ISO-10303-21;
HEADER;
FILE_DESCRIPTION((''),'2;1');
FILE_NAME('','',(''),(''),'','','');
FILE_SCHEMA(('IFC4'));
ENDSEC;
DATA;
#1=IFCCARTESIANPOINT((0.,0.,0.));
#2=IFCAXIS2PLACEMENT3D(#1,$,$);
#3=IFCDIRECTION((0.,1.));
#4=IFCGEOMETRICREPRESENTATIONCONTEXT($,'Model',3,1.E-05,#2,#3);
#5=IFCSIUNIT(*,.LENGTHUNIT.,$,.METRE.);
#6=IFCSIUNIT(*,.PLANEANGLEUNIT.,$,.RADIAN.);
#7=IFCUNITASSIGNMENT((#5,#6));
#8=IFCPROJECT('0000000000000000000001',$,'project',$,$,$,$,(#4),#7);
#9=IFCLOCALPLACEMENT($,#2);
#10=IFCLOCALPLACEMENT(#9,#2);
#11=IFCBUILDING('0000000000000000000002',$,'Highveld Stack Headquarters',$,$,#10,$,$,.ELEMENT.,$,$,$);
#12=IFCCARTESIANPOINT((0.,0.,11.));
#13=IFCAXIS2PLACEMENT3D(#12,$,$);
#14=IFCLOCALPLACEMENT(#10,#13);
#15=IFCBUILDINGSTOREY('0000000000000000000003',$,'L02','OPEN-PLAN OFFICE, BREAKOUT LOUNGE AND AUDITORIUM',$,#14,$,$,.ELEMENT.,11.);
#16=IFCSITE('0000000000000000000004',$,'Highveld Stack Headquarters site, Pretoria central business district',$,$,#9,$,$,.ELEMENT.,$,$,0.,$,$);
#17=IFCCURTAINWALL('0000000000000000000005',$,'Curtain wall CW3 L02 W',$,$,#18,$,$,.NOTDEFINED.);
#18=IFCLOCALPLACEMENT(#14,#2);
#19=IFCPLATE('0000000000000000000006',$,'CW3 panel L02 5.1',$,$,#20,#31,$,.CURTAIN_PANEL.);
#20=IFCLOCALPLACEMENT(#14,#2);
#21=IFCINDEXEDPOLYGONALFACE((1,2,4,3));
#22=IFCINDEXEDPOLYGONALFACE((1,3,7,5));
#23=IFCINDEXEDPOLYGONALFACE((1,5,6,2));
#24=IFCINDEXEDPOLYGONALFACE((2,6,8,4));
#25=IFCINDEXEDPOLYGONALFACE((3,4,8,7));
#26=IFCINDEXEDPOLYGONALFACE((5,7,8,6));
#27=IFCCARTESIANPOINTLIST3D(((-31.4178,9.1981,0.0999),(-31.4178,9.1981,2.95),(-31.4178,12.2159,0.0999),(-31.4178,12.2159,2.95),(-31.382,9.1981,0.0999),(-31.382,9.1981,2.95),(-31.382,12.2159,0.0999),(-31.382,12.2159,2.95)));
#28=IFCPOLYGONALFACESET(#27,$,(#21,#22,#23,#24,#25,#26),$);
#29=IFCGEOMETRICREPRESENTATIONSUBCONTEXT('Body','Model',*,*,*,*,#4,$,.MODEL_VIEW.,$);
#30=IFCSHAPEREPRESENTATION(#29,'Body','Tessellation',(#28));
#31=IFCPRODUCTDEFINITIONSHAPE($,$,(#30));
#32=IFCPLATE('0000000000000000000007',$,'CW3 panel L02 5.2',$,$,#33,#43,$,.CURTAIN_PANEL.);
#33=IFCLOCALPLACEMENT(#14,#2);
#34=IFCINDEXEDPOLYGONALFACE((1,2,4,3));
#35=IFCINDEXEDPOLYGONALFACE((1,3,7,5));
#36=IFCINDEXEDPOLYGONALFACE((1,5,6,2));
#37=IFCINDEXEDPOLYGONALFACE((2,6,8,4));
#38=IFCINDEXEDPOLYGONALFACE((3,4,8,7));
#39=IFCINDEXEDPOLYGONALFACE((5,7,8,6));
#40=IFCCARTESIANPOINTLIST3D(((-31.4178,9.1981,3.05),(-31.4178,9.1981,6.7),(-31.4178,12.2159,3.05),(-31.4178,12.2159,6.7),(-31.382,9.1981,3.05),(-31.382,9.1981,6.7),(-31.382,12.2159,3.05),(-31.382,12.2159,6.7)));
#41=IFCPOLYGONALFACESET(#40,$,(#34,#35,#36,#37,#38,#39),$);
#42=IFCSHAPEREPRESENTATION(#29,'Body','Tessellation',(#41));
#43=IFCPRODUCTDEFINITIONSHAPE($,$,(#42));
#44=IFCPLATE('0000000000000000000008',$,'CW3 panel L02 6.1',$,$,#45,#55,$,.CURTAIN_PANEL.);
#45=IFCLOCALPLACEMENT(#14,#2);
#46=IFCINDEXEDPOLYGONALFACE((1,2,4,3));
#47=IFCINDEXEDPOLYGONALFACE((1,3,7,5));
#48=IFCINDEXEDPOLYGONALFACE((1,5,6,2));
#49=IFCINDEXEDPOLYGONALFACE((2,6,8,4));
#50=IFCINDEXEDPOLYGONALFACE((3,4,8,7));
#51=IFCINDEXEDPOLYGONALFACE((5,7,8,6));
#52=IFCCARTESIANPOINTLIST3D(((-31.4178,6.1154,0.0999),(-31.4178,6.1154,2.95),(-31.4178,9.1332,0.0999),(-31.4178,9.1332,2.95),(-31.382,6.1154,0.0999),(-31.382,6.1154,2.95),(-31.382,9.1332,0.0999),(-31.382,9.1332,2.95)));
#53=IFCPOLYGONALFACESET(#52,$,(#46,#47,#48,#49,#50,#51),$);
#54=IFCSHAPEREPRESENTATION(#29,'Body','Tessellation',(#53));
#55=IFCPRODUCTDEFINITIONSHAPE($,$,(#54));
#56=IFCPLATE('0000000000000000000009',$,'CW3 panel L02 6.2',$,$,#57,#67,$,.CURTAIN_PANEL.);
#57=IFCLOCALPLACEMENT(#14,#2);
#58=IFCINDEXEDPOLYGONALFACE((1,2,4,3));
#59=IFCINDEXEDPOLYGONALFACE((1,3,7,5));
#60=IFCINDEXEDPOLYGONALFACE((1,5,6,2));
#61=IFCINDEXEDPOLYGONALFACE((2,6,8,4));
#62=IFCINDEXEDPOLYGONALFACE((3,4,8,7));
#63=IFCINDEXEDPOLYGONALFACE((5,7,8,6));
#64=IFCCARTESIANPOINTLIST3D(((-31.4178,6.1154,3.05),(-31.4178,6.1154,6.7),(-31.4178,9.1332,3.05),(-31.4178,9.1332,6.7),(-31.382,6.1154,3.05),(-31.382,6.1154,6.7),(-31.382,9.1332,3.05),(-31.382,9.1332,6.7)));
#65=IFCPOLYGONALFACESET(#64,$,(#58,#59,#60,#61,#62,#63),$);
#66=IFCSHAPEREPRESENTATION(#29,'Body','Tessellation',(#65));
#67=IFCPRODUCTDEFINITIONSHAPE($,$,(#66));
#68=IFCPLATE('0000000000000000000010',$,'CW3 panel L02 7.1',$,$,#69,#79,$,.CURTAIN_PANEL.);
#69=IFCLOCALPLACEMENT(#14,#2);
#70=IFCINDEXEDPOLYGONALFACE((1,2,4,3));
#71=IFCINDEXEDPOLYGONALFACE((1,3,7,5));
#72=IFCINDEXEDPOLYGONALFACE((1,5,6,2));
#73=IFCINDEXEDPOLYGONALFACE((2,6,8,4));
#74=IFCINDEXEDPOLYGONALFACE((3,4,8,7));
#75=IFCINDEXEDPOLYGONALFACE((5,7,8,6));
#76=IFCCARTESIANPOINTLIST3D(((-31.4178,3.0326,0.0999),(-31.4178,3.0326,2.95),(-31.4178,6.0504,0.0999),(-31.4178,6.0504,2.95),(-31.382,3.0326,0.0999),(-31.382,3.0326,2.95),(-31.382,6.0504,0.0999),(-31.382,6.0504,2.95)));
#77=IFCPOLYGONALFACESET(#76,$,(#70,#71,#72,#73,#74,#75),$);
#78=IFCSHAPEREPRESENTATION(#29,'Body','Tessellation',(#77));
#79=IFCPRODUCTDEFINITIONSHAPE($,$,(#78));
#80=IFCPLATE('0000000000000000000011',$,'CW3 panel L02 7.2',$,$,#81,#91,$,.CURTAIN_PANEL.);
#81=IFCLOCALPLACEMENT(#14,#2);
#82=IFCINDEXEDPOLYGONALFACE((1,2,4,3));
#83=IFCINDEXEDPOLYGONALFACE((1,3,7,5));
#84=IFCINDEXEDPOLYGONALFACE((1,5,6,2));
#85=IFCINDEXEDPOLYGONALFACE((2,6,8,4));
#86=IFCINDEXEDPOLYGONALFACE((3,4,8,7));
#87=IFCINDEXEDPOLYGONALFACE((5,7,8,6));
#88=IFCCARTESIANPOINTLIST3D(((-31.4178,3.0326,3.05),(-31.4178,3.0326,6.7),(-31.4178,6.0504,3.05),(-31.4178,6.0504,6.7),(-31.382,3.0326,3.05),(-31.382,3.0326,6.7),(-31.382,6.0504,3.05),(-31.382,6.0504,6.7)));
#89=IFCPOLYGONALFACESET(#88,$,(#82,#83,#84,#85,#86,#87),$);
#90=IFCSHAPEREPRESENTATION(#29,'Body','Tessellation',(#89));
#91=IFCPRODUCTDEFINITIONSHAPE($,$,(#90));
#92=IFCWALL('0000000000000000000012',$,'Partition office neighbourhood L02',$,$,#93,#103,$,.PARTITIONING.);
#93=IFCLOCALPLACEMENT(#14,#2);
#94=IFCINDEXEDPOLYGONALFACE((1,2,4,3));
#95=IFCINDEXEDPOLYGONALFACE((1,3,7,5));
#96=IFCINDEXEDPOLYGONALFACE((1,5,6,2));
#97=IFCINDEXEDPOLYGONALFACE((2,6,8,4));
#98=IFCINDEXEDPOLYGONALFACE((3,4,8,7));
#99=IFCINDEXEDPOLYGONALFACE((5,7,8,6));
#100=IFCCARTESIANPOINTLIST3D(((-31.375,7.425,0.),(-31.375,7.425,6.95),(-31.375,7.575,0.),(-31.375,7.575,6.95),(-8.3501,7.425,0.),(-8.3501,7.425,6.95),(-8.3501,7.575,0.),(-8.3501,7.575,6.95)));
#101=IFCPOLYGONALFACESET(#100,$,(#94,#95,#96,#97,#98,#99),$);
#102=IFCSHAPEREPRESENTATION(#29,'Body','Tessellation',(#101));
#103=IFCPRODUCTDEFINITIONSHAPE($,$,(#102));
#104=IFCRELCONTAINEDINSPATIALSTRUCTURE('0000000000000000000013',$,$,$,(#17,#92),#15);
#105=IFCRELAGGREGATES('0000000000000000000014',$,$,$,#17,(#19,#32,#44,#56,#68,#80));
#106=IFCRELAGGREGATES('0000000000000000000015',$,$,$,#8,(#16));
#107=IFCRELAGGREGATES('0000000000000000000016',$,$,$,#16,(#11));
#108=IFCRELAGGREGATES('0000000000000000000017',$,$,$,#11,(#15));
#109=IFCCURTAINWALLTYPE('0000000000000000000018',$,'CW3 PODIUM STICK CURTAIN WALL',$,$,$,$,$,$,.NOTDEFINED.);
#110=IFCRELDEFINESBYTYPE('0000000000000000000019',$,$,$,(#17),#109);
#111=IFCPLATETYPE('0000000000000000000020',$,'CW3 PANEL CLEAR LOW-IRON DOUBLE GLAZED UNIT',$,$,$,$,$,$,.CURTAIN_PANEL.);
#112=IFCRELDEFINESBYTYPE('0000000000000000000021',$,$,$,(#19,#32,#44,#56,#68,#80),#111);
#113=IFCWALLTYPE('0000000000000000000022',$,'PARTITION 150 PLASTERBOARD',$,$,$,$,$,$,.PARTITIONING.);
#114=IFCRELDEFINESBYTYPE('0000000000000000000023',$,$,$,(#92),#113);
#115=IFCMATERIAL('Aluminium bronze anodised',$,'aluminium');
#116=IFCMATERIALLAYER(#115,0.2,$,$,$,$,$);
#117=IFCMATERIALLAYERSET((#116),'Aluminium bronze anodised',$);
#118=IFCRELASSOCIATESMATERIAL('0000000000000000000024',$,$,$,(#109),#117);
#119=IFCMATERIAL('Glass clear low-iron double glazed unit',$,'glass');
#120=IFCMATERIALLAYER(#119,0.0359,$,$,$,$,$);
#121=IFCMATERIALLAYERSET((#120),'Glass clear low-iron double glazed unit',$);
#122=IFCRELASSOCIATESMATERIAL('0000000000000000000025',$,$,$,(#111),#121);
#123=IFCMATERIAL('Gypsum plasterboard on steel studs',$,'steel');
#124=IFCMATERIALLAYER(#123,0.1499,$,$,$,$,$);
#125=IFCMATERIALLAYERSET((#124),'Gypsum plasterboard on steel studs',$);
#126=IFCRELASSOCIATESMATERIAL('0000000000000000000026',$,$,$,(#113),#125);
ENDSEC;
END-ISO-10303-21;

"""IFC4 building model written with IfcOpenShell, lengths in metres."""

from ifc_helpers import new_model, si_unit, direction, frame, frame_2d, origin, origin_2d, place, context, subcontext, project, spatial, rectangle, extrude, material, layer, layer_set, type_object, element, aggregate, save


model = new_model("IFC4")

# Units and contexts
model_context = context("Model", 3, precision=1e-05, world=origin(), true_north=direction((0.0, 1.0)))
body_context = subcontext(model_context, "Body", "Model", "MODEL_VIEW")
ifc_project = project(units=[si_unit("LENGTHUNIT", "METRE"), si_unit("PLANEANGLEUNIT", "RADIAN")], contexts=[model_context])

# Site, building, storey
site_placement = place(None, origin())
site = spatial("IfcSite", under=ifc_project, at=site_placement, Name="Highveld Stack Headquarters site, Pretoria central business district", CompositionType="ELEMENT", RefElevation=0.0)
building_placement = place(site_placement, origin())
building = spatial("IfcBuilding", under=site, at=building_placement, Name="Highveld Stack Headquarters", CompositionType="ELEMENT")
storey_placement = place(building_placement, frame((0.0, 0.0, 11.0)))
storey = spatial("IfcBuildingStorey", under=building, at=storey_placement, Name="L02", Description="OPEN-PLAN OFFICE, BREAKOUT LOUNGE AND AUDITORIUM", CompositionType="ELEMENT", Elevation=11.0)

# Curtain wall, plates
ifc_material_1 = material(Name="Aluminium bronze anodised", Category="aluminium")
ifc_layer_1 = layer(ifc_material_1, 0.2)
ifc_layer_set_1 = layer_set([ifc_layer_1], Name="Aluminium bronze anodised")
curtain_wall_type = type_object("IfcCurtainWallType", Name="CW3 PODIUM STICK CURTAIN WALL", PredefinedType="NOTDEFINED", material=ifc_layer_set_1)
curtain_wall_placement = place(storey_placement, origin())
curtain_wall = element("IfcCurtainWall", 1, at=curtain_wall_placement, inside=storey, type_object=curtain_wall_type, Name="Curtain wall CW3 L02 W", PredefinedType="NOTDEFINED")
ifc_material_2 = material(Name="Glass clear low-iron double glazed unit", Category="glass")
ifc_layer_2 = layer(ifc_material_2, 0.0359)
ifc_layer_set_2 = layer_set([ifc_layer_2], Name="Glass clear low-iron double glazed unit")
plate_type = type_object("IfcPlateType", Name="CW3 PANEL CLEAR LOW-IRON DOUBLE GLAZED UNIT", PredefinedType="CURTAIN_PANEL", material=ifc_layer_set_2)
plate_1_placement = place(storey_placement, frame((-31.3999, 10.707, 0.0999), z_axis=(0.0, 0.0, 1.0), x_axis=(0.0, -1.0, 0.0)))
plate_1 = element("IfcPlate", 2, at=plate_1_placement, type_object=plate_type, Name="CW3 panel L02 5.1", PredefinedType="CURTAIN_PANEL", context=body_context, shape_type="SweptSolid", body=[
    extrude(rectangle(XDim=3.0178, YDim=0.0359, at=origin_2d()), origin(), (0.0, 0.0, 1.0), 2.8501),
])
plate_2_placement = place(storey_placement, frame((-31.3999, 10.707, 3.05), z_axis=(0.0, 0.0, 1.0), x_axis=(0.0, -1.0, 0.0)))
plate_2 = element("IfcPlate", 3, at=plate_2_placement, type_object=plate_type, Name="CW3 panel L02 5.2", PredefinedType="CURTAIN_PANEL", context=body_context, shape_type="SweptSolid", body=[
    extrude(rectangle(XDim=3.0178, YDim=0.0359, at=origin_2d()), origin(), (0.0, 0.0, 1.0), 3.6499),
])
plate_3_placement = place(storey_placement, frame((-31.3999, 7.6243, 0.0999), z_axis=(0.0, 0.0, 1.0), x_axis=(0.0, -1.0, 0.0)))
plate_3 = element("IfcPlate", 4, at=plate_3_placement, type_object=plate_type, Name="CW3 panel L02 6.1", PredefinedType="CURTAIN_PANEL", context=body_context, shape_type="SweptSolid", body=[
    extrude(rectangle(XDim=3.0178, YDim=0.0359, at=origin_2d()), origin(), (0.0, 0.0, 1.0), 2.8501),
])
plate_4_placement = place(storey_placement, frame((-31.3999, 7.6243, 3.05), z_axis=(0.0, 0.0, 1.0), x_axis=(0.0, -1.0, 0.0)))
plate_4 = element("IfcPlate", 5, at=plate_4_placement, type_object=plate_type, Name="CW3 panel L02 6.2", PredefinedType="CURTAIN_PANEL", context=body_context, shape_type="SweptSolid", body=[
    extrude(rectangle(XDim=3.0178, YDim=0.0359, at=origin_2d()), origin(), (0.0, 0.0, 1.0), 3.6499),
])
plate_5_placement = place(storey_placement, frame((-31.3999, 4.5415, 0.0999), z_axis=(0.0, 0.0, 1.0), x_axis=(0.0, -1.0, 0.0)))
plate_5 = element("IfcPlate", 6, at=plate_5_placement, type_object=plate_type, Name="CW3 panel L02 7.1", PredefinedType="CURTAIN_PANEL", context=body_context, shape_type="SweptSolid", body=[
    extrude(rectangle(XDim=3.0178, YDim=0.0359, at=origin_2d()), origin(), (0.0, 0.0, 1.0), 2.8501),
])
plate_6_placement = place(storey_placement, frame((-31.3999, 4.5415, 3.05), z_axis=(0.0, 0.0, 1.0), x_axis=(0.0, -1.0, 0.0)))
plate_6 = element("IfcPlate", 7, at=plate_6_placement, type_object=plate_type, Name="CW3 panel L02 7.2", PredefinedType="CURTAIN_PANEL", context=body_context, shape_type="SweptSolid", body=[
    extrude(rectangle(XDim=3.0178, YDim=0.0359, at=origin_2d()), origin(), (0.0, 0.0, 1.0), 3.6499),
])
aggregate(curtain_wall, [plate_1, plate_2, plate_3, plate_4, plate_5, plate_6])

# Wall
ifc_material_3 = material(Name="Gypsum plasterboard on steel studs", Category="steel")
ifc_layer_3 = layer(ifc_material_3, 0.1499)
ifc_layer_set_3 = layer_set([ifc_layer_3], Name="Gypsum plasterboard on steel studs")
wall_type = type_object("IfcWallType", Name="PARTITION 150 PLASTERBOARD", PredefinedType="PARTITIONING", material=ifc_layer_set_3)
wall_placement = place(storey_placement, frame((-31.375, 7.5, 0.0), z_axis=(0.0, 0.0, 1.0), x_axis=(1.0, 0.0, 0.0)))
element("IfcWall", 8, at=wall_placement, inside=storey, type_object=wall_type, Name="Partition office neighbourhood L02", PredefinedType="PARTITIONING", context=body_context, shape_type="SweptSolid", body=[
    extrude(rectangle(XDim=23.0249, YDim=0.1499, at=frame_2d((11.5125, 0.0))), origin(), (0.0, 0.0, 1.0), 6.95),
])

save(model, "model.ifc")
